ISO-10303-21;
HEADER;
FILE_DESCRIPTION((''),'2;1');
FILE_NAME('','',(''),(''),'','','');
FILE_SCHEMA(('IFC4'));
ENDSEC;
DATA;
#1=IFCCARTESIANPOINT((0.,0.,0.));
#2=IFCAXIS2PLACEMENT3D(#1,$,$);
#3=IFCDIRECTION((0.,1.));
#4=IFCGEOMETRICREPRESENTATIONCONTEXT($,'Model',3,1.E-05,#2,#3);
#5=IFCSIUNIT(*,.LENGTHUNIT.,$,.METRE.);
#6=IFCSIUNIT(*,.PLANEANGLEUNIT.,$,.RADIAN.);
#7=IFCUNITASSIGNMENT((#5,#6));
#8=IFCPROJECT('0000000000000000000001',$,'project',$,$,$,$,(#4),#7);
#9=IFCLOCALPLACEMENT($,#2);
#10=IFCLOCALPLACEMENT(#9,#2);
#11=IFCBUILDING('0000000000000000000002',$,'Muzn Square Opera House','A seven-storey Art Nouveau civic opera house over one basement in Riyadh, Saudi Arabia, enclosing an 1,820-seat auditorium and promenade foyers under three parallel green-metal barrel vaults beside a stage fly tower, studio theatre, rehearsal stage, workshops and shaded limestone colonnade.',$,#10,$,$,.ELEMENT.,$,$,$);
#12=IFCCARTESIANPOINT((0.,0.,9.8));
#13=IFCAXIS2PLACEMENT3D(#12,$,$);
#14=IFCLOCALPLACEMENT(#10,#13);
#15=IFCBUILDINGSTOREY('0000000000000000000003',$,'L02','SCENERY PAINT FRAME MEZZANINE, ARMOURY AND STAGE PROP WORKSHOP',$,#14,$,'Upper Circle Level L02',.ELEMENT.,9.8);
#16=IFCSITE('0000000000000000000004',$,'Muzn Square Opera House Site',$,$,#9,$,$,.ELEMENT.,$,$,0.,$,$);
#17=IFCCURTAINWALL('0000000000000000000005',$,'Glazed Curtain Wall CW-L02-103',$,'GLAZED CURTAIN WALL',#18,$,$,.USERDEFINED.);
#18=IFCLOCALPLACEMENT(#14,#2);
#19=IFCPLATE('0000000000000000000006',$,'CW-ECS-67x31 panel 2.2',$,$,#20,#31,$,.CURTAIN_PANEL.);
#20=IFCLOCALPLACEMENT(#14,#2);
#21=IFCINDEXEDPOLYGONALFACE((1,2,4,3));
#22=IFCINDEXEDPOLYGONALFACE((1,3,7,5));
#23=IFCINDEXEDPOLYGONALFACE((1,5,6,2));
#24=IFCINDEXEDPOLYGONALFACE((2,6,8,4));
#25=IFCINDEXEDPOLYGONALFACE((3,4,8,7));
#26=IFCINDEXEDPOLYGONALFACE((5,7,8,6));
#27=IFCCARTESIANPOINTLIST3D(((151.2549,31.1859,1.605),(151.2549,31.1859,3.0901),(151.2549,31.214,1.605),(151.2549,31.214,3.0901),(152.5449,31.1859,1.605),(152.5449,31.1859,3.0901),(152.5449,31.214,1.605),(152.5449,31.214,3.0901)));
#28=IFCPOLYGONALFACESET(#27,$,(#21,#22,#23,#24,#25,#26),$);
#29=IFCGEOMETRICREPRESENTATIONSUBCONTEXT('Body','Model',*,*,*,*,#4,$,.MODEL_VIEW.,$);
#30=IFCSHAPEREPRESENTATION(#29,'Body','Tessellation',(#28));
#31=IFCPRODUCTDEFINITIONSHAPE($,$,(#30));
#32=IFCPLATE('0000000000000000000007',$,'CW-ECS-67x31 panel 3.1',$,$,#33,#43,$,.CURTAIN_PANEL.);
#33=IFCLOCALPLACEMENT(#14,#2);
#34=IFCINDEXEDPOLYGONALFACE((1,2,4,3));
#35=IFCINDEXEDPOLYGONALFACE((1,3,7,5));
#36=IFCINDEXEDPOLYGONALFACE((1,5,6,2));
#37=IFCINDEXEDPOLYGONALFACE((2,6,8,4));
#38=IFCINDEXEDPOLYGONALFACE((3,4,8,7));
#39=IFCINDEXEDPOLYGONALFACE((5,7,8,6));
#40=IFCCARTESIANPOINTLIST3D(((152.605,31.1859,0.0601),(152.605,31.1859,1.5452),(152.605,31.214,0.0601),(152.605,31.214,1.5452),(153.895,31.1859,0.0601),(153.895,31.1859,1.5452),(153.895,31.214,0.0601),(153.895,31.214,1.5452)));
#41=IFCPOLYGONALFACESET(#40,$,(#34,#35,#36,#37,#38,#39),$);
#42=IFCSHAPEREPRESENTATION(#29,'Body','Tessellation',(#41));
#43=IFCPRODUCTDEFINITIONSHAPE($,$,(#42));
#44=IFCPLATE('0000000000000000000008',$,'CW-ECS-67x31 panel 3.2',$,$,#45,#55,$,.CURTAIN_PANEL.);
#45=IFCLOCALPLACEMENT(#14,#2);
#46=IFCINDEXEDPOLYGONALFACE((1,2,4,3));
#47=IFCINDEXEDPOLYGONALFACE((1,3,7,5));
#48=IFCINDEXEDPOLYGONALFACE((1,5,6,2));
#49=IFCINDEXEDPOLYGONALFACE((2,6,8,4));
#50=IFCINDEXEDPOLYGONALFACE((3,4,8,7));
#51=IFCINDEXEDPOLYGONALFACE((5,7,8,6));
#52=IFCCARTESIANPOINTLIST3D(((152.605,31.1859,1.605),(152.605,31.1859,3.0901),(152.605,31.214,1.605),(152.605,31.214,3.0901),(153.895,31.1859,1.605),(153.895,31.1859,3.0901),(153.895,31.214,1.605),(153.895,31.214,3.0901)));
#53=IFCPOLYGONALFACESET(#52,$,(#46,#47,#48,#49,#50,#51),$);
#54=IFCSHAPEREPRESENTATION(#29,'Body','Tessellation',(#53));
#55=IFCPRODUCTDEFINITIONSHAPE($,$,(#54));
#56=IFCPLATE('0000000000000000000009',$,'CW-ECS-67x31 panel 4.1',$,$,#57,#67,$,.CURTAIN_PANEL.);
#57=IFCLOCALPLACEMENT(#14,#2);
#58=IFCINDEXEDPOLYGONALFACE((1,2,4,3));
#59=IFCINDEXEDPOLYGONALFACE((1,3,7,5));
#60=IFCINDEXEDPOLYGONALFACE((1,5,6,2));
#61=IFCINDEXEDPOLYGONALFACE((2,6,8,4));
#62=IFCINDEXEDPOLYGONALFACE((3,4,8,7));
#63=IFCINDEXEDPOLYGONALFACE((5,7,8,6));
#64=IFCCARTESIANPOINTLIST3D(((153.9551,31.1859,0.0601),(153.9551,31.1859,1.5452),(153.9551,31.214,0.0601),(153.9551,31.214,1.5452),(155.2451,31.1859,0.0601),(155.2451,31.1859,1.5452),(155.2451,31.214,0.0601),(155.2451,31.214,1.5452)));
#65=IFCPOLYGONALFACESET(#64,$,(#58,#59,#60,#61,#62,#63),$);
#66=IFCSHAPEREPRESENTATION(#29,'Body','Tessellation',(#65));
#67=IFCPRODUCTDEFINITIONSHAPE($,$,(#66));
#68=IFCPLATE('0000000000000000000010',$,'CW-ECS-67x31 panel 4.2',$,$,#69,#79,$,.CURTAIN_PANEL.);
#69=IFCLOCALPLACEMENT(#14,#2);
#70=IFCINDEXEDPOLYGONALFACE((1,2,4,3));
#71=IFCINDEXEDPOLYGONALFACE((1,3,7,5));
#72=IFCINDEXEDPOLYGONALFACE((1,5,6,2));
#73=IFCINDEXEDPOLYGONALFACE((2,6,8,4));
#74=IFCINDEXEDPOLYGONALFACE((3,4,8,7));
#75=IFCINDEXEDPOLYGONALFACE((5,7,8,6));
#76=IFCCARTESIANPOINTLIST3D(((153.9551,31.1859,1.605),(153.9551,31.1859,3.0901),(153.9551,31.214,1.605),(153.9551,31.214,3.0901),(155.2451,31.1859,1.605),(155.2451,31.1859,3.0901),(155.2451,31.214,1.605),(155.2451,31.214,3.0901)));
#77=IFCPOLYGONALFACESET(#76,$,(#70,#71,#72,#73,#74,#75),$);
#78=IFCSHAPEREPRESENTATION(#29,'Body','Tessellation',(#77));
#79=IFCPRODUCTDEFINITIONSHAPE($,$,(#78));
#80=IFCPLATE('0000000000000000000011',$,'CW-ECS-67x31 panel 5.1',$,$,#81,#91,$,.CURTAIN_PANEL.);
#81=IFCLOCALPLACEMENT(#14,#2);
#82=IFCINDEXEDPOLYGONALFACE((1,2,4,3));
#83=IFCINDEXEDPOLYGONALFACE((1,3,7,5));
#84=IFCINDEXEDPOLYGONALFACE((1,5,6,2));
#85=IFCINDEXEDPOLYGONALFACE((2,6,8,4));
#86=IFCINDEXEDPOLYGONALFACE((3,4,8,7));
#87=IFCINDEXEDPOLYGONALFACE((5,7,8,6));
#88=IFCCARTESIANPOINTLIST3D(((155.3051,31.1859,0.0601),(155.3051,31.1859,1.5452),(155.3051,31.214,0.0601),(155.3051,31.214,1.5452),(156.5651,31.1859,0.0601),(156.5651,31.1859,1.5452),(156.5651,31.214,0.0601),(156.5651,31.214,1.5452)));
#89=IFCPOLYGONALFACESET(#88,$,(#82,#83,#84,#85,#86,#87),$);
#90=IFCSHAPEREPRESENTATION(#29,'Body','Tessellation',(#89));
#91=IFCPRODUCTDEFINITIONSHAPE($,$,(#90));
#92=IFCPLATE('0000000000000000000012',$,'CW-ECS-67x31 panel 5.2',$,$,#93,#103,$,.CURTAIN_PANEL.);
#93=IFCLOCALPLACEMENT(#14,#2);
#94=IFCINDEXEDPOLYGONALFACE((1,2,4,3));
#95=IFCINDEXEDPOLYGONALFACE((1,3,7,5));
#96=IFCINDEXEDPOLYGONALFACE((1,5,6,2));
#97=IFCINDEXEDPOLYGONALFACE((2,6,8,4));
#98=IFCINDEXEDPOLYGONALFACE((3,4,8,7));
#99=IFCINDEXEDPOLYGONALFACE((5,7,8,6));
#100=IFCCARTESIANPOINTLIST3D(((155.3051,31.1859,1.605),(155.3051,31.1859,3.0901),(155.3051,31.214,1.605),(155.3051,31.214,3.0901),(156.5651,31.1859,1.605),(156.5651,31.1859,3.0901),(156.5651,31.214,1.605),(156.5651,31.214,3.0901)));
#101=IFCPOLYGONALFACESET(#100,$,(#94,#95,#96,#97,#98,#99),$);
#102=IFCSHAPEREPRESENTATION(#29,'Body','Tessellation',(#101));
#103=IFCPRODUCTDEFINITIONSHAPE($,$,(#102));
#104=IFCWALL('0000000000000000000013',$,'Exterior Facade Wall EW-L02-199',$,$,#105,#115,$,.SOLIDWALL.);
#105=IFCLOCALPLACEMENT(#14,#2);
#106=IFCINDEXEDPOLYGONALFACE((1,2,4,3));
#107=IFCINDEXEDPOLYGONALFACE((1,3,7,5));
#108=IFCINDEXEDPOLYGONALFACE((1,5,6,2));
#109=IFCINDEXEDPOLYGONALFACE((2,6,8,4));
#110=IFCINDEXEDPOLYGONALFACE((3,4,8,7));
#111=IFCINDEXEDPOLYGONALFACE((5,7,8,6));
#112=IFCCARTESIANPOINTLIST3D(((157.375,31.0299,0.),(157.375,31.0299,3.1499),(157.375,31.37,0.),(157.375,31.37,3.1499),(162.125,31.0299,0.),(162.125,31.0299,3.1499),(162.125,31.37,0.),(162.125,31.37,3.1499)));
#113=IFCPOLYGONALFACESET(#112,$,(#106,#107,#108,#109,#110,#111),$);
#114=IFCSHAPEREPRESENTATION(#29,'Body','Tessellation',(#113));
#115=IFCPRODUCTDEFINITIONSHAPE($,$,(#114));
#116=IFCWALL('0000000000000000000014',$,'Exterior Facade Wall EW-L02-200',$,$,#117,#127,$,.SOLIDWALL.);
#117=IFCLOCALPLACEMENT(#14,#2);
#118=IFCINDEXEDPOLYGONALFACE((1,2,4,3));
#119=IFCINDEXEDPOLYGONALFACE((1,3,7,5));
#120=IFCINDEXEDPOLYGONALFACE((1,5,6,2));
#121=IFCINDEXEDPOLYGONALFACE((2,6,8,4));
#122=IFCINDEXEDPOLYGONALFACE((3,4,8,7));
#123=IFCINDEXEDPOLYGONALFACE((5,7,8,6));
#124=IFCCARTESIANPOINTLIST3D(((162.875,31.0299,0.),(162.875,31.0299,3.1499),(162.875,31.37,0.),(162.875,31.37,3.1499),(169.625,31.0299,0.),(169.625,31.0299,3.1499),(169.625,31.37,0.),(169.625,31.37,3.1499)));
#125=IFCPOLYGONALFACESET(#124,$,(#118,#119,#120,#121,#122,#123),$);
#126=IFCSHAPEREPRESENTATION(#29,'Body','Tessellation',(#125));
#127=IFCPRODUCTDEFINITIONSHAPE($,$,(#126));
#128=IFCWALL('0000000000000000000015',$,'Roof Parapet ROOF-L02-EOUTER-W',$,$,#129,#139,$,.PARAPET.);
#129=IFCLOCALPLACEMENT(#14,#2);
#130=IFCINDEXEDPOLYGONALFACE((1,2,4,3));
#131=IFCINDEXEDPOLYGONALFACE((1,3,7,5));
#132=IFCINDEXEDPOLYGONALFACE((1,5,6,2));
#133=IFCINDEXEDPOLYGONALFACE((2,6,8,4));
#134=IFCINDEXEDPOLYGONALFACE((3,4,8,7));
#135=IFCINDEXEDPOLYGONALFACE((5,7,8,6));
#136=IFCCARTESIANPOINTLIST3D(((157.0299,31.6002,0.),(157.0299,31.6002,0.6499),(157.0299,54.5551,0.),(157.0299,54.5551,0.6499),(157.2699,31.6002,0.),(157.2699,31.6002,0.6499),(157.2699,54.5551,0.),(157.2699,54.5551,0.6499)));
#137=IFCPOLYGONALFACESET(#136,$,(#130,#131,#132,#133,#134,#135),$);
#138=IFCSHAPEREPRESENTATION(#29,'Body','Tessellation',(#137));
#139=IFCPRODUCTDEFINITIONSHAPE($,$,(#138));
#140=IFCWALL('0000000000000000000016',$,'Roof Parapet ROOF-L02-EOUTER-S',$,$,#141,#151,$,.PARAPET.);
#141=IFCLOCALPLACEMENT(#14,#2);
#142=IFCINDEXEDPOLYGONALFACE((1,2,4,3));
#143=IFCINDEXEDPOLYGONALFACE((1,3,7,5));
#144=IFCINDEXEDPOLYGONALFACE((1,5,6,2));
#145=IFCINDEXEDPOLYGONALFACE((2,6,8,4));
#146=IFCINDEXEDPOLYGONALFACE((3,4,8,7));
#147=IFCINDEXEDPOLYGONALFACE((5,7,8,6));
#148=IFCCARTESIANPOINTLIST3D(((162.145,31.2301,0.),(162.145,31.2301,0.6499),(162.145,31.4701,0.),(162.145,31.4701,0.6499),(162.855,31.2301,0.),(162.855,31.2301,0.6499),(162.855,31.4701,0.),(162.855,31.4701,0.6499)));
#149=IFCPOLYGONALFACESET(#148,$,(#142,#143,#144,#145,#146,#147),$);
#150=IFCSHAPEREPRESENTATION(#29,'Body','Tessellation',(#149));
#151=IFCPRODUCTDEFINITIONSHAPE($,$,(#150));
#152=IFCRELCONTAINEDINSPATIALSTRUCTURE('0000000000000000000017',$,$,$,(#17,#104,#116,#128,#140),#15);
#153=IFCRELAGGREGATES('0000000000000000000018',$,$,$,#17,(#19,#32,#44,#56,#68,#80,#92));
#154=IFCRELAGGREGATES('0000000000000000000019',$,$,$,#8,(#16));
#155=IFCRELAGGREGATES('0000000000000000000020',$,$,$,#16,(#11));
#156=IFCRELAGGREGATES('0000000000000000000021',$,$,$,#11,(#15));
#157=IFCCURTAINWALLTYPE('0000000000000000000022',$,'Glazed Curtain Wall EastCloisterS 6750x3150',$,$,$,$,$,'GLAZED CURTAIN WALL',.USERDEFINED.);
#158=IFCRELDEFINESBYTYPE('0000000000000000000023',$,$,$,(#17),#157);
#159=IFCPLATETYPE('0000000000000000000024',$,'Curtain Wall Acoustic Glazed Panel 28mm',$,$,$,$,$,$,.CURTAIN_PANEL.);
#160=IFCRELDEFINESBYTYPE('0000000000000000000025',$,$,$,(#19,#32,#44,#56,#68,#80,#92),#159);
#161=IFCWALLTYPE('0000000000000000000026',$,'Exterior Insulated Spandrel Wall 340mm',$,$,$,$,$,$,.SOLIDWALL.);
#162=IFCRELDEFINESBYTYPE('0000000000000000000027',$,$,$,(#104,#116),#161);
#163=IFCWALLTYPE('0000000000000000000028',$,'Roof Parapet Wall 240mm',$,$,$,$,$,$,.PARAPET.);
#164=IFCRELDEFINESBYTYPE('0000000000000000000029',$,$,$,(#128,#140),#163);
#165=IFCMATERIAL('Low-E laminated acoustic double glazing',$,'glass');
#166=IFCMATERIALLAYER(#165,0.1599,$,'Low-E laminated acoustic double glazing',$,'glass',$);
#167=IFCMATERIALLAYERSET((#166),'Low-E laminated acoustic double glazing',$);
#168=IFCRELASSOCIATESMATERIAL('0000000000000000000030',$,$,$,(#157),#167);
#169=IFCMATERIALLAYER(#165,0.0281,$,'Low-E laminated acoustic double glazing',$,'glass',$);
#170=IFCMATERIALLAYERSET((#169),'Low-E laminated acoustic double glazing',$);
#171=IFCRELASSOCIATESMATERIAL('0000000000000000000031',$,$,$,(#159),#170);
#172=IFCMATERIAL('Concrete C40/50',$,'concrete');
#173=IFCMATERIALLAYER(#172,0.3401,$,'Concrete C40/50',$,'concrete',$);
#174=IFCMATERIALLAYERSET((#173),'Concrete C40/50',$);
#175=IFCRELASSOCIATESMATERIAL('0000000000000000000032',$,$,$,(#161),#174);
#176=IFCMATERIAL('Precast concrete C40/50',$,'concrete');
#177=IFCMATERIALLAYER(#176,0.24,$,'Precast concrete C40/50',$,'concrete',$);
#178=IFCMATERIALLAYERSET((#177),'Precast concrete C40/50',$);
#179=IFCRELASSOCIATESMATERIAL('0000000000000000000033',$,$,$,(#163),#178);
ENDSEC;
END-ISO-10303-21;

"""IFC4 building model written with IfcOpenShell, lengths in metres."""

from ifc_helpers import new_model, si_unit, direction, frame, frame_2d, origin, origin_2d, place, context, subcontext, project, spatial, rectangle, extrude, material, layer, layer_set, type_object, element, aggregate, save


model = new_model("IFC4")

# Units and contexts
model_context = context("Model", 3, precision=1e-05, world=origin(), true_north=direction((0.0, 1.0)))
body_context = subcontext(model_context, "Body", "Model", "MODEL_VIEW")
ifc_project = project(units=[si_unit("LENGTHUNIT", "METRE"), si_unit("PLANEANGLEUNIT", "RADIAN")], contexts=[model_context])

# Site, building, storey
site_placement = place(None, origin())
site = spatial("IfcSite", under=ifc_project, at=site_placement, Name="Muzn Square Opera House Site", CompositionType="ELEMENT", RefElevation=0.0)
building_placement = place(site_placement, origin())
building = spatial("IfcBuilding", under=site, at=building_placement, Name="Muzn Square Opera House", Description="A seven-storey Art Nouveau civic opera house over one basement in Riyadh, Saudi Arabia, enclosing an 1,820-seat auditorium and promenade foyers under three parallel green-metal barrel vaults beside a stage fly tower, studio theatre, rehearsal stage, workshops and shaded limestone colonnade.", CompositionType="ELEMENT")
storey_placement = place(building_placement, frame((0.0, 0.0, 9.8)))
storey = spatial("IfcBuildingStorey", under=building, at=storey_placement, Name="L02", Description="SCENERY PAINT FRAME MEZZANINE, ARMOURY AND STAGE PROP WORKSHOP", LongName="Upper Circle Level L02", CompositionType="ELEMENT", Elevation=9.8)

# Curtain wall
ifc_material_1 = material(Name="Low-E laminated acoustic double glazing", Category="glass")
ifc_layer_1 = layer(ifc_material_1, 0.1599, Name="Low-E laminated acoustic double glazing", Category="glass")
ifc_layer_set_1 = layer_set([ifc_layer_1], Name="Low-E laminated acoustic double glazing")
curtain_wall_type = type_object("IfcCurtainWallType", Name="Glazed Curtain Wall EastCloisterS 6750x3150", ElementType="GLAZED CURTAIN WALL", PredefinedType="USERDEFINED", material=ifc_layer_set_1)
curtain_wall_placement = place(storey_placement, origin())
curtain_wall = element("IfcCurtainWall", 1, at=curtain_wall_placement, inside=storey, type_object=curtain_wall_type, Name="Glazed Curtain Wall CW-L02-103", ObjectType="GLAZED CURTAIN WALL", PredefinedType="USERDEFINED")

# Shared definitions
ifc_material_2 = material(Name="Concrete C40/50", Category="concrete")

# Plates
ifc_layer_2 = layer(ifc_material_1, 0.0281, Name="Low-E laminated acoustic double glazing", Category="glass")
ifc_layer_set_2 = layer_set([ifc_layer_2], Name="Low-E laminated acoustic double glazing")
plate_type = type_object("IfcPlateType", Name="Curtain Wall Acoustic Glazed Panel 28mm", PredefinedType="CURTAIN_PANEL", material=ifc_layer_set_2)
plate_1_placement = place(storey_placement, frame((151.8999, 31.2, 1.605), z_axis=(0.0, 0.0, 1.0), x_axis=(1.0, 0.0, 0.0)))
plate_1 = element("IfcPlate", 2, at=plate_1_placement, type_object=plate_type, Name="CW-ECS-67x31 panel 2.2", PredefinedType="CURTAIN_PANEL", context=body_context, shape_type="SweptSolid", body=[
    extrude(rectangle(XDim=1.29, YDim=0.0281, at=origin_2d()), origin(), (0.0, 0.0, 1.0), 1.4851),
])
plate_2_placement = place(storey_placement, frame((153.25, 31.2, 0.0601), z_axis=(0.0, 0.0, 1.0), x_axis=(1.0, 0.0, 0.0)))
plate_2 = element("IfcPlate", 3, at=plate_2_placement, type_object=plate_type, Name="CW-ECS-67x31 panel 3.1", PredefinedType="CURTAIN_PANEL", context=body_context, shape_type="SweptSolid", body=[
    extrude(rectangle(XDim=1.29, YDim=0.0281, at=origin_2d()), origin(), (0.0, 0.0, 1.0), 1.4851),
])
plate_3_placement = place(storey_placement, frame((153.25, 31.2, 1.605), z_axis=(0.0, 0.0, 1.0), x_axis=(1.0, 0.0, 0.0)))
plate_3 = element("IfcPlate", 4, at=plate_3_placement, type_object=plate_type, Name="CW-ECS-67x31 panel 3.2", PredefinedType="CURTAIN_PANEL", context=body_context, shape_type="SweptSolid", body=[
    extrude(rectangle(XDim=1.29, YDim=0.0281, at=origin_2d()), origin(), (0.0, 0.0, 1.0), 1.4851),
])
plate_4_placement = place(storey_placement, frame((154.6001, 31.2, 0.0601), z_axis=(0.0, 0.0, 1.0), x_axis=(1.0, 0.0, 0.0)))
plate_4 = element("IfcPlate", 5, at=plate_4_placement, type_object=plate_type, Name="CW-ECS-67x31 panel 4.1", PredefinedType="CURTAIN_PANEL", context=body_context, shape_type="SweptSolid", body=[
    extrude(rectangle(XDim=1.29, YDim=0.0281, at=origin_2d()), origin(), (0.0, 0.0, 1.0), 1.4851),
])
plate_5_placement = place(storey_placement, frame((154.6001, 31.2, 1.605), z_axis=(0.0, 0.0, 1.0), x_axis=(1.0, 0.0, 0.0)))
plate_5 = element("IfcPlate", 6, at=plate_5_placement, type_object=plate_type, Name="CW-ECS-67x31 panel 4.2", PredefinedType="CURTAIN_PANEL", context=body_context, shape_type="SweptSolid", body=[
    extrude(rectangle(XDim=1.29, YDim=0.0281, at=origin_2d()), origin(), (0.0, 0.0, 1.0), 1.4851),
])
plate_6_placement = place(storey_placement, frame((155.9351, 31.2, 0.0601), z_axis=(0.0, 0.0, 1.0), x_axis=(1.0, 0.0, 0.0)))
plate_6 = element("IfcPlate", 7, at=plate_6_placement, type_object=plate_type, Name="CW-ECS-67x31 panel 5.1", PredefinedType="CURTAIN_PANEL", context=body_context, shape_type="SweptSolid", body=[
    extrude(rectangle(XDim=1.26, YDim=0.0281, at=origin_2d()), origin(), (0.0, 0.0, 1.0), 1.4851),
])
plate_7_placement = place(storey_placement, frame((155.9351, 31.2, 1.605), z_axis=(0.0, 0.0, 1.0), x_axis=(1.0, 0.0, 0.0)))
plate_7 = element("IfcPlate", 8, at=plate_7_placement, type_object=plate_type, Name="CW-ECS-67x31 panel 5.2", PredefinedType="CURTAIN_PANEL", context=body_context, shape_type="SweptSolid", body=[
    extrude(rectangle(XDim=1.26, YDim=0.0281, at=origin_2d()), origin(), (0.0, 0.0, 1.0), 1.4851),
])
aggregate(curtain_wall, [plate_1, plate_2, plate_3, plate_4, plate_5, plate_6, plate_7])

# Walls
ifc_layer_3 = layer(ifc_material_2, 0.3401, Name="Concrete C40/50", Category="concrete")
ifc_layer_set_3 = layer_set([ifc_layer_3], Name="Concrete C40/50")
wall_type_1 = type_object("IfcWallType", Name="Exterior Insulated Spandrel Wall 340mm", PredefinedType="SOLIDWALL", material=ifc_layer_set_3)
wall_1_placement = place(storey_placement, frame((157.375, 31.2, 0.0), z_axis=(0.0, 0.0, 1.0), x_axis=(1.0, 0.0, 0.0)))
element("IfcWall", 9, at=wall_1_placement, inside=storey, type_object=wall_type_1, Name="Exterior Facade Wall EW-L02-199", PredefinedType="SOLIDWALL", context=body_context, shape_type="SweptSolid", body=[
    extrude(rectangle(XDim=4.75, YDim=0.3401, at=frame_2d((2.375, 0.0))), origin(), (0.0, 0.0, 1.0), 3.1499),
])
wall_2_placement = place(storey_placement, frame((162.875, 31.2, 0.0), z_axis=(0.0, 0.0, 1.0), x_axis=(1.0, 0.0, 0.0)))
element("IfcWall", 10, at=wall_2_placement, inside=storey, type_object=wall_type_1, Name="Exterior Facade Wall EW-L02-200", PredefinedType="SOLIDWALL", context=body_context, shape_type="SweptSolid", body=[
    extrude(rectangle(XDim=6.75, YDim=0.3401, at=frame_2d((3.375, 0.0))), origin(), (0.0, 0.0, 1.0), 3.1499),
])
ifc_material_3 = material(Name="Precast concrete C40/50", Category="concrete")
ifc_layer_4 = layer(ifc_material_3, 0.24, Name="Precast concrete C40/50", Category="concrete")
ifc_layer_set_4 = layer_set([ifc_layer_4], Name="Precast concrete C40/50")
wall_type_2 = type_object("IfcWallType", Name="Roof Parapet Wall 240mm", PredefinedType="PARAPET", material=ifc_layer_set_4)
wall_3_placement = place(storey_placement, frame((157.1499, 31.6001, 0.0), z_axis=(0.0, 0.0, 1.0), x_axis=(0.0, 1.0, 0.0)))
element("IfcWall", 11, at=wall_3_placement, inside=storey, type_object=wall_type_2, Name="Roof Parapet ROOF-L02-EOUTER-W", PredefinedType="PARAPET", context=body_context, shape_type="SweptSolid", body=[
    extrude(rectangle(XDim=22.9548, YDim=0.24, at=frame_2d((11.4775, 0.0))), origin(), (0.0, 0.0, 1.0), 0.6499),
])
wall_4_placement = place(storey_placement, frame((162.145, 31.3501, 0.0), z_axis=(0.0, 0.0, 1.0), x_axis=(1.0, 0.0, 0.0)))
element("IfcWall", 12, at=wall_4_placement, inside=storey, type_object=wall_type_2, Name="Roof Parapet ROOF-L02-EOUTER-S", PredefinedType="PARAPET", context=body_context, shape_type="SweptSolid", body=[
    extrude(rectangle(XDim=0.71, YDim=0.24, at=frame_2d((0.355, 0.0))), origin(), (0.0, 0.0, 1.0), 0.6499),
])

save(model, "model.ifc")
